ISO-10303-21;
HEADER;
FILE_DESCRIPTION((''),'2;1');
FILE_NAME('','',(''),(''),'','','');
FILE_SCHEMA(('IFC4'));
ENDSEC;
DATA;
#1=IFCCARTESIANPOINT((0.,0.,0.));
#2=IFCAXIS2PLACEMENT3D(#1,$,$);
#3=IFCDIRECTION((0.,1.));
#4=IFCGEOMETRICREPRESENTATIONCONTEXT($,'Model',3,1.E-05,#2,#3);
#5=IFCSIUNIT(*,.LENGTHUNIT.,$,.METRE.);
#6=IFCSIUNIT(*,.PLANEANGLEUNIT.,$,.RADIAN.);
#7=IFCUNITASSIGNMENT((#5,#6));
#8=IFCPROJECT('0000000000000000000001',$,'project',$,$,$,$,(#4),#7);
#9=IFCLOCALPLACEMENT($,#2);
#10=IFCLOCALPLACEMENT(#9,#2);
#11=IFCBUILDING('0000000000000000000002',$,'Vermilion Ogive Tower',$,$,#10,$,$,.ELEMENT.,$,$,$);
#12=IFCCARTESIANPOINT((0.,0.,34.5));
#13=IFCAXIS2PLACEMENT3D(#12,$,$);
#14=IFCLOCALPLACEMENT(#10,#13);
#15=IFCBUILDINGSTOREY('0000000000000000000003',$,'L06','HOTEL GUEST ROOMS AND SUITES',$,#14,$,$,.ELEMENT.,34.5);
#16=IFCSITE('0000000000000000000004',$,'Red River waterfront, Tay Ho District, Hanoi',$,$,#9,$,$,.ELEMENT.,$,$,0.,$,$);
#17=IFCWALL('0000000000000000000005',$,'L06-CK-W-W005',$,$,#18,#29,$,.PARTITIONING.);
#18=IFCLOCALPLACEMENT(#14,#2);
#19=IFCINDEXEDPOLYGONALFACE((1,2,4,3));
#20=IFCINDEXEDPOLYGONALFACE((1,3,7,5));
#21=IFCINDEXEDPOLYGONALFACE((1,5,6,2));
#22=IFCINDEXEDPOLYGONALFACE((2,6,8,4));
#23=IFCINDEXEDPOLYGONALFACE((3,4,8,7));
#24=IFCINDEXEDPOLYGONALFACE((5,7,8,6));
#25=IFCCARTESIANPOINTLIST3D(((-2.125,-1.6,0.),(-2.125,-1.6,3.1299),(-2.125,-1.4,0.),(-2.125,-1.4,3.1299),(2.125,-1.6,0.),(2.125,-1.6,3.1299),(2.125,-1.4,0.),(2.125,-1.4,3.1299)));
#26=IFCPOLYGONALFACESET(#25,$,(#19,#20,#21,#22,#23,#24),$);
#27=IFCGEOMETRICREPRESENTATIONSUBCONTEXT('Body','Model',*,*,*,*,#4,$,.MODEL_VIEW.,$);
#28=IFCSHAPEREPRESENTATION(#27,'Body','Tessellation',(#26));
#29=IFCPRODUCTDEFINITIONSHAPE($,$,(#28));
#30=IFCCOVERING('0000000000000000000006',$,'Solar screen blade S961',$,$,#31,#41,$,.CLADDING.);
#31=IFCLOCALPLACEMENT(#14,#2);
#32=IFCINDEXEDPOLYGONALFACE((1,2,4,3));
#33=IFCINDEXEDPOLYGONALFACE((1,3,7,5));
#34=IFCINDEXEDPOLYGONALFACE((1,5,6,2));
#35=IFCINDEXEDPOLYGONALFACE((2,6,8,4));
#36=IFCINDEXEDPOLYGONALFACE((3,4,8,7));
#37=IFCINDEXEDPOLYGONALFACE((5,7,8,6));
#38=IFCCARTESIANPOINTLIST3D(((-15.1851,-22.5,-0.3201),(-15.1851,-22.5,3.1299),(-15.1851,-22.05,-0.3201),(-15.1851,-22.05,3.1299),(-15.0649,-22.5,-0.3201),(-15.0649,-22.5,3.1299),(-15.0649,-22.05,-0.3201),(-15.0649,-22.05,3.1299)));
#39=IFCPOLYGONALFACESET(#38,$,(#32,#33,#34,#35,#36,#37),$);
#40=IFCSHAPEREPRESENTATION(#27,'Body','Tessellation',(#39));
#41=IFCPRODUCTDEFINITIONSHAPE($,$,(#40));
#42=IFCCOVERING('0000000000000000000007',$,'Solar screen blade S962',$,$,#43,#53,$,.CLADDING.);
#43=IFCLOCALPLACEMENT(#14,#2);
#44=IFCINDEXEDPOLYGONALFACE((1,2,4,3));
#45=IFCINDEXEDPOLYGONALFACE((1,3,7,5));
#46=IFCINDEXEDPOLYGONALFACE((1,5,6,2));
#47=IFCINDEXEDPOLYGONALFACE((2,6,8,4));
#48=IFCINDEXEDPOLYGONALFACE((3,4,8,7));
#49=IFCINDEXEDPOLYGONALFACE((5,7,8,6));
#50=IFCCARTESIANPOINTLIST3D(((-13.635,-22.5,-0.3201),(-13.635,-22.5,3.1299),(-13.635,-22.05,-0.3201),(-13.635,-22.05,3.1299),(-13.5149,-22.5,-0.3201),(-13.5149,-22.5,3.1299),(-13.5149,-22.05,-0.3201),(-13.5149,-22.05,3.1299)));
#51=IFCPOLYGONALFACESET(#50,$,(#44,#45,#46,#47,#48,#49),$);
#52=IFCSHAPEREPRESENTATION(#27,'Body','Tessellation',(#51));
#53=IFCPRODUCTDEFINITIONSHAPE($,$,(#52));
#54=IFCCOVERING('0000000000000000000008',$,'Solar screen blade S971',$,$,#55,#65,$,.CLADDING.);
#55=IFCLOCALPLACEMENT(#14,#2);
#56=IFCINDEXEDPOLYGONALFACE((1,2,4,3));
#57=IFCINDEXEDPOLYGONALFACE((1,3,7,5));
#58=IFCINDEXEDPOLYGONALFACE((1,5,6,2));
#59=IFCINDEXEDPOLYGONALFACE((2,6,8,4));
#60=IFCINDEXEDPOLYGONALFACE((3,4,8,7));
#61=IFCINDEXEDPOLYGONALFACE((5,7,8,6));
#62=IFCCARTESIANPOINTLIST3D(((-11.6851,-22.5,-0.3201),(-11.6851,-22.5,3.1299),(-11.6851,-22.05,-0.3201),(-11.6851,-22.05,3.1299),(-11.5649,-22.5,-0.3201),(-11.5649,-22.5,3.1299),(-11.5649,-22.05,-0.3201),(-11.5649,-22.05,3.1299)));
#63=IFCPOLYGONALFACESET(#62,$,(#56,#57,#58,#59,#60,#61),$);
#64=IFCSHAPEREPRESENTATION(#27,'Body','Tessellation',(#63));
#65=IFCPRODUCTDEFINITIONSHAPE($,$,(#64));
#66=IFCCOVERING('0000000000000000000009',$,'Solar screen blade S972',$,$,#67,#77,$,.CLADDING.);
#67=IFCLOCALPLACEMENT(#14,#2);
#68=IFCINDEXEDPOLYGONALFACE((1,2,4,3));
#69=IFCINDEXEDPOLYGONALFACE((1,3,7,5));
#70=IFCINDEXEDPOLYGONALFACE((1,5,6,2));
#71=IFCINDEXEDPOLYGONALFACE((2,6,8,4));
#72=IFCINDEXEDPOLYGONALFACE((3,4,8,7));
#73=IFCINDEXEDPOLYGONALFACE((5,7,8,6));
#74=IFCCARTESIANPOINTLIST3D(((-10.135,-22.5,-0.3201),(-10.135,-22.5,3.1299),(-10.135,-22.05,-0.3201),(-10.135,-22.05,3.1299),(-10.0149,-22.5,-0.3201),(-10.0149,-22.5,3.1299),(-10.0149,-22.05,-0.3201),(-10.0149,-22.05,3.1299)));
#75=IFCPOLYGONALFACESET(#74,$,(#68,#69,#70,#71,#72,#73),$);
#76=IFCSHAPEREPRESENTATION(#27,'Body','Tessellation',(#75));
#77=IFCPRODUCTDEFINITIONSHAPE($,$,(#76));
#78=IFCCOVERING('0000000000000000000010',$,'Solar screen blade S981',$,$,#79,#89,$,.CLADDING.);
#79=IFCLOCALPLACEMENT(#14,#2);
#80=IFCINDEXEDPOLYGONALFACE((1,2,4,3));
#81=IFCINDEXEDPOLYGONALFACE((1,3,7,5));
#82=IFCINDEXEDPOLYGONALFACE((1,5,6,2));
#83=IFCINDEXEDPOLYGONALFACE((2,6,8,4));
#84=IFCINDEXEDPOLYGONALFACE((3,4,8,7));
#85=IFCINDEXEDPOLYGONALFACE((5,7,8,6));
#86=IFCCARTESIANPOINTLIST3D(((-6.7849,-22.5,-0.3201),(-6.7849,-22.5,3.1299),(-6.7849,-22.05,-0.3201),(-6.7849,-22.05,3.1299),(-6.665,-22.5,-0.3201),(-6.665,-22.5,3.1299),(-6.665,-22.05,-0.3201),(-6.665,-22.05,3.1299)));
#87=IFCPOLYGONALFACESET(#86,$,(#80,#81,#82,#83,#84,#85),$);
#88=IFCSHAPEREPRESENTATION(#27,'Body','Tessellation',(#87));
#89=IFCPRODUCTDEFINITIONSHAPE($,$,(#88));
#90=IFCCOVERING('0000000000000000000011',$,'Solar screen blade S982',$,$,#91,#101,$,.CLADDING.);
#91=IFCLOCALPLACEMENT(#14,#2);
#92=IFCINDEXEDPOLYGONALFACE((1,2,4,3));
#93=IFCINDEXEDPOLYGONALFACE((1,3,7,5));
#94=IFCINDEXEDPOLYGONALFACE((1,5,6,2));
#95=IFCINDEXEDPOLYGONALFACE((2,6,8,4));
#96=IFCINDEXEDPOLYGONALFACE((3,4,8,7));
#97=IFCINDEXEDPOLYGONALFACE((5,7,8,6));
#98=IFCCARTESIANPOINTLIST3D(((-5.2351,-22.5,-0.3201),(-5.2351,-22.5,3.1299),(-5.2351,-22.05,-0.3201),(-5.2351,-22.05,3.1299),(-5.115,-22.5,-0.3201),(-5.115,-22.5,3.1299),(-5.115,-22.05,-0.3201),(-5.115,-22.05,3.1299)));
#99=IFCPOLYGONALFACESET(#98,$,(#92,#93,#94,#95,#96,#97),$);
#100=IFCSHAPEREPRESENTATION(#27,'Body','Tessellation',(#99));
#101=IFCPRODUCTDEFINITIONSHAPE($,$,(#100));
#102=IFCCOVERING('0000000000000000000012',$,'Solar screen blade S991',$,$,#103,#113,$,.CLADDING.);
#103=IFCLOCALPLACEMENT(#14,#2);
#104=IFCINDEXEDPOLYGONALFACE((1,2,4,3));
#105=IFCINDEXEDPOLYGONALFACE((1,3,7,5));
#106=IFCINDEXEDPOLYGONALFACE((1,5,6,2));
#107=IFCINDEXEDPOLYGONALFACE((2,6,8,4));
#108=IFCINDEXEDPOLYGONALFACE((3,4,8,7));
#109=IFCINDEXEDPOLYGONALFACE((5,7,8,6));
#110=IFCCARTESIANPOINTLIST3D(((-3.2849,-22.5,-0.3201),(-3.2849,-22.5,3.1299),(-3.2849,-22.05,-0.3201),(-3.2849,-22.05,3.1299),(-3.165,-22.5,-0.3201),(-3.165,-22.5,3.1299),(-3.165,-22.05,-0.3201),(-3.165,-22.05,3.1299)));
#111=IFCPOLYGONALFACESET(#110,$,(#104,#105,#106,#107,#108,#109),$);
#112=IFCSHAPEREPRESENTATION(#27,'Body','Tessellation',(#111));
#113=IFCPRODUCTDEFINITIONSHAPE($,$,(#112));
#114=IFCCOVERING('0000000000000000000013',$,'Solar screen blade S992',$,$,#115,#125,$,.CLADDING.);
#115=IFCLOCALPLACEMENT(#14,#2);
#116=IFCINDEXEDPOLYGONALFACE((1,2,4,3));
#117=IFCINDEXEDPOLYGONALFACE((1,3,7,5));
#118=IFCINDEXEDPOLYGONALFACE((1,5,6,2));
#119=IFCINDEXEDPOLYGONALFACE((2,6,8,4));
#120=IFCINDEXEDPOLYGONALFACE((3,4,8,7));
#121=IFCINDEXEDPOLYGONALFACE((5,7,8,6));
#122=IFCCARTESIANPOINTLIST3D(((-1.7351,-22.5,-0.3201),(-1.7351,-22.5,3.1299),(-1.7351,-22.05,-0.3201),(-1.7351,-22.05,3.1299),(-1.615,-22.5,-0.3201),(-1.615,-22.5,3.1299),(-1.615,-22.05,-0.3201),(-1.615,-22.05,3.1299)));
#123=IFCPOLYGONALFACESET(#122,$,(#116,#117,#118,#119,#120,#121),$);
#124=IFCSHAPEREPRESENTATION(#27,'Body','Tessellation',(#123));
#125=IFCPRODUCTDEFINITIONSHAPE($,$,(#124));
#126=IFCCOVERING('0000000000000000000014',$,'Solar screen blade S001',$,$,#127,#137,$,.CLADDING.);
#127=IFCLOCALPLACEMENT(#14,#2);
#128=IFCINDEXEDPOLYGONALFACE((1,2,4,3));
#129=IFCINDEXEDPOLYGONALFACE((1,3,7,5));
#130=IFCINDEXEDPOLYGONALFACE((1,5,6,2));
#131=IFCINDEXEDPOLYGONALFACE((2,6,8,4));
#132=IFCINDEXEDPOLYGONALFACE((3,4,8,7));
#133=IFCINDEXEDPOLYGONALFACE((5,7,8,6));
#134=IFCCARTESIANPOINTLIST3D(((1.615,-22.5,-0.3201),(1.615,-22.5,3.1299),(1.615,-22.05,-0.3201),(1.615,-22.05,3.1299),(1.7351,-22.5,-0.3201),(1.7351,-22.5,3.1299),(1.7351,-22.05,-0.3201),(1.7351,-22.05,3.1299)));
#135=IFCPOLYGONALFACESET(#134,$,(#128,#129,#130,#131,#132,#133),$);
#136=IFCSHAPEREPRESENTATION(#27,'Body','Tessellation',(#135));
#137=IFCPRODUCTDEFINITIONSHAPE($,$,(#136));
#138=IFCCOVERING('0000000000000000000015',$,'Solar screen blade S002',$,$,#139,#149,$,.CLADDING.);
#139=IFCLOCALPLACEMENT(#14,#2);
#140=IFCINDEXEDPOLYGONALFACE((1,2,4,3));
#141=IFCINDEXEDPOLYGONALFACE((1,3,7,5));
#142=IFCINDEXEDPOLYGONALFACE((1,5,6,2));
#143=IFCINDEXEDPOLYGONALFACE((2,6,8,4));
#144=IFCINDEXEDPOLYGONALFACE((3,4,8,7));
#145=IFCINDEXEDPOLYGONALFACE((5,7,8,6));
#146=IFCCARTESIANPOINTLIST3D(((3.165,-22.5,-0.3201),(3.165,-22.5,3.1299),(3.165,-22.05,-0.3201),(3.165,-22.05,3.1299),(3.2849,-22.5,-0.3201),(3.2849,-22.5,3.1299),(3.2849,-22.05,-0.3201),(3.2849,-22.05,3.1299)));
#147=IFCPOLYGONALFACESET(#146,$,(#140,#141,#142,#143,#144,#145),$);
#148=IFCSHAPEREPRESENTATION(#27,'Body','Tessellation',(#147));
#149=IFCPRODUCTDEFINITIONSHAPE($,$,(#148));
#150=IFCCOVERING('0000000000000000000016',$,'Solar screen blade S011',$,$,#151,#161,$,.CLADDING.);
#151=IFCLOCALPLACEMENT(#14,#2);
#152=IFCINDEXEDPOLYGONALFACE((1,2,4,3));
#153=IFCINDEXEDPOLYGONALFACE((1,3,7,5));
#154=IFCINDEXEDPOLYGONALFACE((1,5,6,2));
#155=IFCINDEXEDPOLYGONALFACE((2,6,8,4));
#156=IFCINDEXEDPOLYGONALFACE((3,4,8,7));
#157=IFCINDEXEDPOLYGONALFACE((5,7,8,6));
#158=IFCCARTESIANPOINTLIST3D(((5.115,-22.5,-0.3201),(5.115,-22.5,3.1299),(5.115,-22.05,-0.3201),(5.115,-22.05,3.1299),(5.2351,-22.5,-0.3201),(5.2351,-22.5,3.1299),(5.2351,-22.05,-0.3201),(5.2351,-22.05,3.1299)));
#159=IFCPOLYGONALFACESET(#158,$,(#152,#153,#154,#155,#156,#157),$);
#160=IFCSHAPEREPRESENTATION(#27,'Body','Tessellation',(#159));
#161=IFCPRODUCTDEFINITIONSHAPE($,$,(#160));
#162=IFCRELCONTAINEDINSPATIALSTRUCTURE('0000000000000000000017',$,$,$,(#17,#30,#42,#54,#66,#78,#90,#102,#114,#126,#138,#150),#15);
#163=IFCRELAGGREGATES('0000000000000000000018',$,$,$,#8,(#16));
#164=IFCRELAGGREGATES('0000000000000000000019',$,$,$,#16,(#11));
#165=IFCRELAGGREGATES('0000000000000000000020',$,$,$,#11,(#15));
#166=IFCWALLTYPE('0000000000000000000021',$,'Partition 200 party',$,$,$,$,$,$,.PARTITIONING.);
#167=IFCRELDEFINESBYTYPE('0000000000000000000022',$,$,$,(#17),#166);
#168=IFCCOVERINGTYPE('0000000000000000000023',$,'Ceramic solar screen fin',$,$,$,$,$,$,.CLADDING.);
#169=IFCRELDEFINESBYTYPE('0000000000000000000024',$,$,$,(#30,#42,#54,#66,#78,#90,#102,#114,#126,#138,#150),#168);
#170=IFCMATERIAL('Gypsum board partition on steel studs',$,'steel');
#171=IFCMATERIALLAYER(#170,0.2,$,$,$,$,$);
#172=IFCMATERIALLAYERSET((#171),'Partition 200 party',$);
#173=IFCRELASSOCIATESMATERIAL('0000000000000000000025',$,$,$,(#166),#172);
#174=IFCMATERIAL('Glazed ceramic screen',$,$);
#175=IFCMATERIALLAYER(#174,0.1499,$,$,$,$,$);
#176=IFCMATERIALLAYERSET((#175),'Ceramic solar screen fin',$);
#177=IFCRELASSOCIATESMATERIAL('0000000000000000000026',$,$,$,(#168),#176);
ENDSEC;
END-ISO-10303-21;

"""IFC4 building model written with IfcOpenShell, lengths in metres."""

from ifc_helpers import new_model, si_unit, direction, frame, frame_2d, origin, place, context, subcontext, project, spatial, polyline, rectangle, outline, extrude, material, layer, layer_set, type_object, element, save


model = new_model("IFC4")

# Units and contexts
model_context = context("Model", 3, precision=1e-05, world=origin(), true_north=direction((0.0, 1.0)))
body_context = subcontext(model_context, "Body", "Model", "MODEL_VIEW")
ifc_project = project(units=[si_unit("LENGTHUNIT", "METRE"), si_unit("PLANEANGLEUNIT", "RADIAN")], contexts=[model_context])

# Site, building, storey
site_placement = place(None, origin())
site = spatial("IfcSite", under=ifc_project, at=site_placement, Name="Red River waterfront, Tay Ho District, Hanoi", CompositionType="ELEMENT", RefElevation=0.0)
building_placement = place(site_placement, origin())
building = spatial("IfcBuilding", under=site, at=building_placement, Name="Vermilion Ogive Tower", CompositionType="ELEMENT")
storey_placement = place(building_placement, frame((0.0, 0.0, 34.5)))
storey = spatial("IfcBuildingStorey", under=building, at=storey_placement, Name="L06", Description="HOTEL GUEST ROOMS AND SUITES", CompositionType="ELEMENT", Elevation=34.5)

# Wall
ifc_material_1 = material(Name="Gypsum board partition on steel studs", Category="steel")
ifc_layer_1 = layer(ifc_material_1, 0.2)
ifc_layer_set_1 = layer_set([ifc_layer_1], Name="Partition 200 party")
wall_type = type_object("IfcWallType", Name="Partition 200 party", PredefinedType="PARTITIONING", material=ifc_layer_set_1)
wall_placement = place(storey_placement, frame((-2.125, -1.5, 0.0), z_axis=(0.0, 0.0, 1.0), x_axis=(1.0, 0.0, 0.0)))
element("IfcWall", 1, at=wall_placement, inside=storey, type_object=wall_type, Name="L06-CK-W-W005", PredefinedType="PARTITIONING", context=body_context, shape_type="SweptSolid", body=[
    extrude(rectangle(XDim=4.25, YDim=0.2, at=frame_2d((2.125, 0.0))), origin(), (0.0, 0.0, 1.0), 3.1299),
])

# Coverings
ifc_material_2 = material(Name="Glazed ceramic screen")
ifc_layer_2 = layer(ifc_material_2, 0.1499)
ifc_layer_set_2 = layer_set([ifc_layer_2], Name="Ceramic solar screen fin")
covering_type = type_object("IfcCoveringType", Name="Ceramic solar screen fin", PredefinedType="CLADDING", material=ifc_layer_set_2)
covering_1_placement = place(storey_placement, frame((0.0, 0.0, -0.3201)))
element("IfcCovering", 2, at=covering_1_placement, inside=storey, type_object=covering_type, Name="Solar screen blade S961", PredefinedType="CLADDING", context=body_context, shape_type="SweptSolid", body=[
    extrude(outline(polyline([(-15.1851, -22.5), (-15.0649, -22.5), (-15.0649, -22.05), (-15.1851, -22.05), (-15.1851, -22.5)])), origin(), (0.0, 0.0, 1.0), 3.45),
])
covering_2_placement = place(storey_placement, frame((0.0, 0.0, -0.3201)))
element("IfcCovering", 3, at=covering_2_placement, inside=storey, type_object=covering_type, Name="Solar screen blade S962", PredefinedType="CLADDING", context=body_context, shape_type="SweptSolid", body=[
    extrude(outline(polyline([(-13.635, -22.5), (-13.5149, -22.5), (-13.5149, -22.05), (-13.635, -22.05), (-13.635, -22.5)])), origin(), (0.0, 0.0, 1.0), 3.45),
])
covering_3_placement = place(storey_placement, frame((0.0, 0.0, -0.3201)))
element("IfcCovering", 4, at=covering_3_placement, inside=storey, type_object=covering_type, Name="Solar screen blade S971", PredefinedType="CLADDING", context=body_context, shape_type="SweptSolid", body=[
    extrude(outline(polyline([(-11.6851, -22.5), (-11.5649, -22.5), (-11.5649, -22.05), (-11.6851, -22.05), (-11.6851, -22.5)])), origin(), (0.0, 0.0, 1.0), 3.45),
])
covering_4_placement = place(storey_placement, frame((0.0, 0.0, -0.3201)))
element("IfcCovering", 5, at=covering_4_placement, inside=storey, type_object=covering_type, Name="Solar screen blade S972", PredefinedType="CLADDING", context=body_context, shape_type="SweptSolid", body=[
    extrude(outline(polyline([(-10.135, -22.5), (-10.0149, -22.5), (-10.0149, -22.05), (-10.135, -22.05), (-10.135, -22.5)])), origin(), (0.0, 0.0, 1.0), 3.45),
])
covering_5_placement = place(storey_placement, frame((0.0, 0.0, -0.3201)))
element("IfcCovering", 6, at=covering_5_placement, inside=storey, type_object=covering_type, Name="Solar screen blade S981", PredefinedType="CLADDING", context=body_context, shape_type="SweptSolid", body=[
    extrude(outline(polyline([(-6.7849, -22.5), (-6.665, -22.5), (-6.665, -22.05), (-6.7849, -22.05), (-6.7849, -22.5)])), origin(), (0.0, 0.0, 1.0), 3.45),
])
covering_6_placement = place(storey_placement, frame((0.0, 0.0, -0.3201)))
element("IfcCovering", 7, at=covering_6_placement, inside=storey, type_object=covering_type, Name="Solar screen blade S982", PredefinedType="CLADDING", context=body_context, shape_type="SweptSolid", body=[
    extrude(outline(polyline([(-5.2351, -22.5), (-5.115, -22.5), (-5.115, -22.05), (-5.2351, -22.05), (-5.2351, -22.5)])), origin(), (0.0, 0.0, 1.0), 3.45),
])
covering_7_placement = place(storey_placement, frame((0.0, 0.0, -0.3201)))
element("IfcCovering", 8, at=covering_7_placement, inside=storey, type_object=covering_type, Name="Solar screen blade S991", PredefinedType="CLADDING", context=body_context, shape_type="SweptSolid", body=[
    extrude(outline(polyline([(-3.2849, -22.5), (-3.165, -22.5), (-3.165, -22.05), (-3.2849, -22.05), (-3.2849, -22.5)])), origin(), (0.0, 0.0, 1.0), 3.45),
])
covering_8_placement = place(storey_placement, frame((0.0, 0.0, -0.3201)))
element("IfcCovering", 9, at=covering_8_placement, inside=storey, type_object=covering_type, Name="Solar screen blade S992", PredefinedType="CLADDING", context=body_context, shape_type="SweptSolid", body=[
    extrude(outline(polyline([(-1.7351, -22.5), (-1.615, -22.5), (-1.615, -22.05), (-1.7351, -22.05), (-1.7351, -22.5)])), origin(), (0.0, 0.0, 1.0), 3.45),
])
covering_9_placement = place(storey_placement, frame((0.0, 0.0, -0.3201)))
element("IfcCovering", 10, at=covering_9_placement, inside=storey, type_object=covering_type, Name="Solar screen blade S001", PredefinedType="CLADDING", context=body_context, shape_type="SweptSolid", body=[
    extrude(outline(polyline([(1.615, -22.5), (1.7351, -22.5), (1.7351, -22.05), (1.615, -22.05), (1.615, -22.5)])), origin(), (0.0, 0.0, 1.0), 3.45),
])
covering_10_placement = place(storey_placement, frame((0.0, 0.0, -0.3201)))
element("IfcCovering", 11, at=covering_10_placement, inside=storey, type_object=covering_type, Name="Solar screen blade S002", PredefinedType="CLADDING", context=body_context, shape_type="SweptSolid", body=[
    extrude(outline(polyline([(3.165, -22.5), (3.2849, -22.5), (3.2849, -22.05), (3.165, -22.05), (3.165, -22.5)])), origin(), (0.0, 0.0, 1.0), 3.45),
])
covering_11_placement = place(storey_placement, frame((0.0, 0.0, -0.3201)))
element("IfcCovering", 12, at=covering_11_placement, inside=storey, type_object=covering_type, Name="Solar screen blade S011", PredefinedType="CLADDING", context=body_context, shape_type="SweptSolid", body=[
    extrude(outline(polyline([(5.115, -22.5), (5.2351, -22.5), (5.2351, -22.05), (5.115, -22.05), (5.115, -22.5)])), origin(), (0.0, 0.0, 1.0), 3.45),
])

save(model, "model.ifc")
